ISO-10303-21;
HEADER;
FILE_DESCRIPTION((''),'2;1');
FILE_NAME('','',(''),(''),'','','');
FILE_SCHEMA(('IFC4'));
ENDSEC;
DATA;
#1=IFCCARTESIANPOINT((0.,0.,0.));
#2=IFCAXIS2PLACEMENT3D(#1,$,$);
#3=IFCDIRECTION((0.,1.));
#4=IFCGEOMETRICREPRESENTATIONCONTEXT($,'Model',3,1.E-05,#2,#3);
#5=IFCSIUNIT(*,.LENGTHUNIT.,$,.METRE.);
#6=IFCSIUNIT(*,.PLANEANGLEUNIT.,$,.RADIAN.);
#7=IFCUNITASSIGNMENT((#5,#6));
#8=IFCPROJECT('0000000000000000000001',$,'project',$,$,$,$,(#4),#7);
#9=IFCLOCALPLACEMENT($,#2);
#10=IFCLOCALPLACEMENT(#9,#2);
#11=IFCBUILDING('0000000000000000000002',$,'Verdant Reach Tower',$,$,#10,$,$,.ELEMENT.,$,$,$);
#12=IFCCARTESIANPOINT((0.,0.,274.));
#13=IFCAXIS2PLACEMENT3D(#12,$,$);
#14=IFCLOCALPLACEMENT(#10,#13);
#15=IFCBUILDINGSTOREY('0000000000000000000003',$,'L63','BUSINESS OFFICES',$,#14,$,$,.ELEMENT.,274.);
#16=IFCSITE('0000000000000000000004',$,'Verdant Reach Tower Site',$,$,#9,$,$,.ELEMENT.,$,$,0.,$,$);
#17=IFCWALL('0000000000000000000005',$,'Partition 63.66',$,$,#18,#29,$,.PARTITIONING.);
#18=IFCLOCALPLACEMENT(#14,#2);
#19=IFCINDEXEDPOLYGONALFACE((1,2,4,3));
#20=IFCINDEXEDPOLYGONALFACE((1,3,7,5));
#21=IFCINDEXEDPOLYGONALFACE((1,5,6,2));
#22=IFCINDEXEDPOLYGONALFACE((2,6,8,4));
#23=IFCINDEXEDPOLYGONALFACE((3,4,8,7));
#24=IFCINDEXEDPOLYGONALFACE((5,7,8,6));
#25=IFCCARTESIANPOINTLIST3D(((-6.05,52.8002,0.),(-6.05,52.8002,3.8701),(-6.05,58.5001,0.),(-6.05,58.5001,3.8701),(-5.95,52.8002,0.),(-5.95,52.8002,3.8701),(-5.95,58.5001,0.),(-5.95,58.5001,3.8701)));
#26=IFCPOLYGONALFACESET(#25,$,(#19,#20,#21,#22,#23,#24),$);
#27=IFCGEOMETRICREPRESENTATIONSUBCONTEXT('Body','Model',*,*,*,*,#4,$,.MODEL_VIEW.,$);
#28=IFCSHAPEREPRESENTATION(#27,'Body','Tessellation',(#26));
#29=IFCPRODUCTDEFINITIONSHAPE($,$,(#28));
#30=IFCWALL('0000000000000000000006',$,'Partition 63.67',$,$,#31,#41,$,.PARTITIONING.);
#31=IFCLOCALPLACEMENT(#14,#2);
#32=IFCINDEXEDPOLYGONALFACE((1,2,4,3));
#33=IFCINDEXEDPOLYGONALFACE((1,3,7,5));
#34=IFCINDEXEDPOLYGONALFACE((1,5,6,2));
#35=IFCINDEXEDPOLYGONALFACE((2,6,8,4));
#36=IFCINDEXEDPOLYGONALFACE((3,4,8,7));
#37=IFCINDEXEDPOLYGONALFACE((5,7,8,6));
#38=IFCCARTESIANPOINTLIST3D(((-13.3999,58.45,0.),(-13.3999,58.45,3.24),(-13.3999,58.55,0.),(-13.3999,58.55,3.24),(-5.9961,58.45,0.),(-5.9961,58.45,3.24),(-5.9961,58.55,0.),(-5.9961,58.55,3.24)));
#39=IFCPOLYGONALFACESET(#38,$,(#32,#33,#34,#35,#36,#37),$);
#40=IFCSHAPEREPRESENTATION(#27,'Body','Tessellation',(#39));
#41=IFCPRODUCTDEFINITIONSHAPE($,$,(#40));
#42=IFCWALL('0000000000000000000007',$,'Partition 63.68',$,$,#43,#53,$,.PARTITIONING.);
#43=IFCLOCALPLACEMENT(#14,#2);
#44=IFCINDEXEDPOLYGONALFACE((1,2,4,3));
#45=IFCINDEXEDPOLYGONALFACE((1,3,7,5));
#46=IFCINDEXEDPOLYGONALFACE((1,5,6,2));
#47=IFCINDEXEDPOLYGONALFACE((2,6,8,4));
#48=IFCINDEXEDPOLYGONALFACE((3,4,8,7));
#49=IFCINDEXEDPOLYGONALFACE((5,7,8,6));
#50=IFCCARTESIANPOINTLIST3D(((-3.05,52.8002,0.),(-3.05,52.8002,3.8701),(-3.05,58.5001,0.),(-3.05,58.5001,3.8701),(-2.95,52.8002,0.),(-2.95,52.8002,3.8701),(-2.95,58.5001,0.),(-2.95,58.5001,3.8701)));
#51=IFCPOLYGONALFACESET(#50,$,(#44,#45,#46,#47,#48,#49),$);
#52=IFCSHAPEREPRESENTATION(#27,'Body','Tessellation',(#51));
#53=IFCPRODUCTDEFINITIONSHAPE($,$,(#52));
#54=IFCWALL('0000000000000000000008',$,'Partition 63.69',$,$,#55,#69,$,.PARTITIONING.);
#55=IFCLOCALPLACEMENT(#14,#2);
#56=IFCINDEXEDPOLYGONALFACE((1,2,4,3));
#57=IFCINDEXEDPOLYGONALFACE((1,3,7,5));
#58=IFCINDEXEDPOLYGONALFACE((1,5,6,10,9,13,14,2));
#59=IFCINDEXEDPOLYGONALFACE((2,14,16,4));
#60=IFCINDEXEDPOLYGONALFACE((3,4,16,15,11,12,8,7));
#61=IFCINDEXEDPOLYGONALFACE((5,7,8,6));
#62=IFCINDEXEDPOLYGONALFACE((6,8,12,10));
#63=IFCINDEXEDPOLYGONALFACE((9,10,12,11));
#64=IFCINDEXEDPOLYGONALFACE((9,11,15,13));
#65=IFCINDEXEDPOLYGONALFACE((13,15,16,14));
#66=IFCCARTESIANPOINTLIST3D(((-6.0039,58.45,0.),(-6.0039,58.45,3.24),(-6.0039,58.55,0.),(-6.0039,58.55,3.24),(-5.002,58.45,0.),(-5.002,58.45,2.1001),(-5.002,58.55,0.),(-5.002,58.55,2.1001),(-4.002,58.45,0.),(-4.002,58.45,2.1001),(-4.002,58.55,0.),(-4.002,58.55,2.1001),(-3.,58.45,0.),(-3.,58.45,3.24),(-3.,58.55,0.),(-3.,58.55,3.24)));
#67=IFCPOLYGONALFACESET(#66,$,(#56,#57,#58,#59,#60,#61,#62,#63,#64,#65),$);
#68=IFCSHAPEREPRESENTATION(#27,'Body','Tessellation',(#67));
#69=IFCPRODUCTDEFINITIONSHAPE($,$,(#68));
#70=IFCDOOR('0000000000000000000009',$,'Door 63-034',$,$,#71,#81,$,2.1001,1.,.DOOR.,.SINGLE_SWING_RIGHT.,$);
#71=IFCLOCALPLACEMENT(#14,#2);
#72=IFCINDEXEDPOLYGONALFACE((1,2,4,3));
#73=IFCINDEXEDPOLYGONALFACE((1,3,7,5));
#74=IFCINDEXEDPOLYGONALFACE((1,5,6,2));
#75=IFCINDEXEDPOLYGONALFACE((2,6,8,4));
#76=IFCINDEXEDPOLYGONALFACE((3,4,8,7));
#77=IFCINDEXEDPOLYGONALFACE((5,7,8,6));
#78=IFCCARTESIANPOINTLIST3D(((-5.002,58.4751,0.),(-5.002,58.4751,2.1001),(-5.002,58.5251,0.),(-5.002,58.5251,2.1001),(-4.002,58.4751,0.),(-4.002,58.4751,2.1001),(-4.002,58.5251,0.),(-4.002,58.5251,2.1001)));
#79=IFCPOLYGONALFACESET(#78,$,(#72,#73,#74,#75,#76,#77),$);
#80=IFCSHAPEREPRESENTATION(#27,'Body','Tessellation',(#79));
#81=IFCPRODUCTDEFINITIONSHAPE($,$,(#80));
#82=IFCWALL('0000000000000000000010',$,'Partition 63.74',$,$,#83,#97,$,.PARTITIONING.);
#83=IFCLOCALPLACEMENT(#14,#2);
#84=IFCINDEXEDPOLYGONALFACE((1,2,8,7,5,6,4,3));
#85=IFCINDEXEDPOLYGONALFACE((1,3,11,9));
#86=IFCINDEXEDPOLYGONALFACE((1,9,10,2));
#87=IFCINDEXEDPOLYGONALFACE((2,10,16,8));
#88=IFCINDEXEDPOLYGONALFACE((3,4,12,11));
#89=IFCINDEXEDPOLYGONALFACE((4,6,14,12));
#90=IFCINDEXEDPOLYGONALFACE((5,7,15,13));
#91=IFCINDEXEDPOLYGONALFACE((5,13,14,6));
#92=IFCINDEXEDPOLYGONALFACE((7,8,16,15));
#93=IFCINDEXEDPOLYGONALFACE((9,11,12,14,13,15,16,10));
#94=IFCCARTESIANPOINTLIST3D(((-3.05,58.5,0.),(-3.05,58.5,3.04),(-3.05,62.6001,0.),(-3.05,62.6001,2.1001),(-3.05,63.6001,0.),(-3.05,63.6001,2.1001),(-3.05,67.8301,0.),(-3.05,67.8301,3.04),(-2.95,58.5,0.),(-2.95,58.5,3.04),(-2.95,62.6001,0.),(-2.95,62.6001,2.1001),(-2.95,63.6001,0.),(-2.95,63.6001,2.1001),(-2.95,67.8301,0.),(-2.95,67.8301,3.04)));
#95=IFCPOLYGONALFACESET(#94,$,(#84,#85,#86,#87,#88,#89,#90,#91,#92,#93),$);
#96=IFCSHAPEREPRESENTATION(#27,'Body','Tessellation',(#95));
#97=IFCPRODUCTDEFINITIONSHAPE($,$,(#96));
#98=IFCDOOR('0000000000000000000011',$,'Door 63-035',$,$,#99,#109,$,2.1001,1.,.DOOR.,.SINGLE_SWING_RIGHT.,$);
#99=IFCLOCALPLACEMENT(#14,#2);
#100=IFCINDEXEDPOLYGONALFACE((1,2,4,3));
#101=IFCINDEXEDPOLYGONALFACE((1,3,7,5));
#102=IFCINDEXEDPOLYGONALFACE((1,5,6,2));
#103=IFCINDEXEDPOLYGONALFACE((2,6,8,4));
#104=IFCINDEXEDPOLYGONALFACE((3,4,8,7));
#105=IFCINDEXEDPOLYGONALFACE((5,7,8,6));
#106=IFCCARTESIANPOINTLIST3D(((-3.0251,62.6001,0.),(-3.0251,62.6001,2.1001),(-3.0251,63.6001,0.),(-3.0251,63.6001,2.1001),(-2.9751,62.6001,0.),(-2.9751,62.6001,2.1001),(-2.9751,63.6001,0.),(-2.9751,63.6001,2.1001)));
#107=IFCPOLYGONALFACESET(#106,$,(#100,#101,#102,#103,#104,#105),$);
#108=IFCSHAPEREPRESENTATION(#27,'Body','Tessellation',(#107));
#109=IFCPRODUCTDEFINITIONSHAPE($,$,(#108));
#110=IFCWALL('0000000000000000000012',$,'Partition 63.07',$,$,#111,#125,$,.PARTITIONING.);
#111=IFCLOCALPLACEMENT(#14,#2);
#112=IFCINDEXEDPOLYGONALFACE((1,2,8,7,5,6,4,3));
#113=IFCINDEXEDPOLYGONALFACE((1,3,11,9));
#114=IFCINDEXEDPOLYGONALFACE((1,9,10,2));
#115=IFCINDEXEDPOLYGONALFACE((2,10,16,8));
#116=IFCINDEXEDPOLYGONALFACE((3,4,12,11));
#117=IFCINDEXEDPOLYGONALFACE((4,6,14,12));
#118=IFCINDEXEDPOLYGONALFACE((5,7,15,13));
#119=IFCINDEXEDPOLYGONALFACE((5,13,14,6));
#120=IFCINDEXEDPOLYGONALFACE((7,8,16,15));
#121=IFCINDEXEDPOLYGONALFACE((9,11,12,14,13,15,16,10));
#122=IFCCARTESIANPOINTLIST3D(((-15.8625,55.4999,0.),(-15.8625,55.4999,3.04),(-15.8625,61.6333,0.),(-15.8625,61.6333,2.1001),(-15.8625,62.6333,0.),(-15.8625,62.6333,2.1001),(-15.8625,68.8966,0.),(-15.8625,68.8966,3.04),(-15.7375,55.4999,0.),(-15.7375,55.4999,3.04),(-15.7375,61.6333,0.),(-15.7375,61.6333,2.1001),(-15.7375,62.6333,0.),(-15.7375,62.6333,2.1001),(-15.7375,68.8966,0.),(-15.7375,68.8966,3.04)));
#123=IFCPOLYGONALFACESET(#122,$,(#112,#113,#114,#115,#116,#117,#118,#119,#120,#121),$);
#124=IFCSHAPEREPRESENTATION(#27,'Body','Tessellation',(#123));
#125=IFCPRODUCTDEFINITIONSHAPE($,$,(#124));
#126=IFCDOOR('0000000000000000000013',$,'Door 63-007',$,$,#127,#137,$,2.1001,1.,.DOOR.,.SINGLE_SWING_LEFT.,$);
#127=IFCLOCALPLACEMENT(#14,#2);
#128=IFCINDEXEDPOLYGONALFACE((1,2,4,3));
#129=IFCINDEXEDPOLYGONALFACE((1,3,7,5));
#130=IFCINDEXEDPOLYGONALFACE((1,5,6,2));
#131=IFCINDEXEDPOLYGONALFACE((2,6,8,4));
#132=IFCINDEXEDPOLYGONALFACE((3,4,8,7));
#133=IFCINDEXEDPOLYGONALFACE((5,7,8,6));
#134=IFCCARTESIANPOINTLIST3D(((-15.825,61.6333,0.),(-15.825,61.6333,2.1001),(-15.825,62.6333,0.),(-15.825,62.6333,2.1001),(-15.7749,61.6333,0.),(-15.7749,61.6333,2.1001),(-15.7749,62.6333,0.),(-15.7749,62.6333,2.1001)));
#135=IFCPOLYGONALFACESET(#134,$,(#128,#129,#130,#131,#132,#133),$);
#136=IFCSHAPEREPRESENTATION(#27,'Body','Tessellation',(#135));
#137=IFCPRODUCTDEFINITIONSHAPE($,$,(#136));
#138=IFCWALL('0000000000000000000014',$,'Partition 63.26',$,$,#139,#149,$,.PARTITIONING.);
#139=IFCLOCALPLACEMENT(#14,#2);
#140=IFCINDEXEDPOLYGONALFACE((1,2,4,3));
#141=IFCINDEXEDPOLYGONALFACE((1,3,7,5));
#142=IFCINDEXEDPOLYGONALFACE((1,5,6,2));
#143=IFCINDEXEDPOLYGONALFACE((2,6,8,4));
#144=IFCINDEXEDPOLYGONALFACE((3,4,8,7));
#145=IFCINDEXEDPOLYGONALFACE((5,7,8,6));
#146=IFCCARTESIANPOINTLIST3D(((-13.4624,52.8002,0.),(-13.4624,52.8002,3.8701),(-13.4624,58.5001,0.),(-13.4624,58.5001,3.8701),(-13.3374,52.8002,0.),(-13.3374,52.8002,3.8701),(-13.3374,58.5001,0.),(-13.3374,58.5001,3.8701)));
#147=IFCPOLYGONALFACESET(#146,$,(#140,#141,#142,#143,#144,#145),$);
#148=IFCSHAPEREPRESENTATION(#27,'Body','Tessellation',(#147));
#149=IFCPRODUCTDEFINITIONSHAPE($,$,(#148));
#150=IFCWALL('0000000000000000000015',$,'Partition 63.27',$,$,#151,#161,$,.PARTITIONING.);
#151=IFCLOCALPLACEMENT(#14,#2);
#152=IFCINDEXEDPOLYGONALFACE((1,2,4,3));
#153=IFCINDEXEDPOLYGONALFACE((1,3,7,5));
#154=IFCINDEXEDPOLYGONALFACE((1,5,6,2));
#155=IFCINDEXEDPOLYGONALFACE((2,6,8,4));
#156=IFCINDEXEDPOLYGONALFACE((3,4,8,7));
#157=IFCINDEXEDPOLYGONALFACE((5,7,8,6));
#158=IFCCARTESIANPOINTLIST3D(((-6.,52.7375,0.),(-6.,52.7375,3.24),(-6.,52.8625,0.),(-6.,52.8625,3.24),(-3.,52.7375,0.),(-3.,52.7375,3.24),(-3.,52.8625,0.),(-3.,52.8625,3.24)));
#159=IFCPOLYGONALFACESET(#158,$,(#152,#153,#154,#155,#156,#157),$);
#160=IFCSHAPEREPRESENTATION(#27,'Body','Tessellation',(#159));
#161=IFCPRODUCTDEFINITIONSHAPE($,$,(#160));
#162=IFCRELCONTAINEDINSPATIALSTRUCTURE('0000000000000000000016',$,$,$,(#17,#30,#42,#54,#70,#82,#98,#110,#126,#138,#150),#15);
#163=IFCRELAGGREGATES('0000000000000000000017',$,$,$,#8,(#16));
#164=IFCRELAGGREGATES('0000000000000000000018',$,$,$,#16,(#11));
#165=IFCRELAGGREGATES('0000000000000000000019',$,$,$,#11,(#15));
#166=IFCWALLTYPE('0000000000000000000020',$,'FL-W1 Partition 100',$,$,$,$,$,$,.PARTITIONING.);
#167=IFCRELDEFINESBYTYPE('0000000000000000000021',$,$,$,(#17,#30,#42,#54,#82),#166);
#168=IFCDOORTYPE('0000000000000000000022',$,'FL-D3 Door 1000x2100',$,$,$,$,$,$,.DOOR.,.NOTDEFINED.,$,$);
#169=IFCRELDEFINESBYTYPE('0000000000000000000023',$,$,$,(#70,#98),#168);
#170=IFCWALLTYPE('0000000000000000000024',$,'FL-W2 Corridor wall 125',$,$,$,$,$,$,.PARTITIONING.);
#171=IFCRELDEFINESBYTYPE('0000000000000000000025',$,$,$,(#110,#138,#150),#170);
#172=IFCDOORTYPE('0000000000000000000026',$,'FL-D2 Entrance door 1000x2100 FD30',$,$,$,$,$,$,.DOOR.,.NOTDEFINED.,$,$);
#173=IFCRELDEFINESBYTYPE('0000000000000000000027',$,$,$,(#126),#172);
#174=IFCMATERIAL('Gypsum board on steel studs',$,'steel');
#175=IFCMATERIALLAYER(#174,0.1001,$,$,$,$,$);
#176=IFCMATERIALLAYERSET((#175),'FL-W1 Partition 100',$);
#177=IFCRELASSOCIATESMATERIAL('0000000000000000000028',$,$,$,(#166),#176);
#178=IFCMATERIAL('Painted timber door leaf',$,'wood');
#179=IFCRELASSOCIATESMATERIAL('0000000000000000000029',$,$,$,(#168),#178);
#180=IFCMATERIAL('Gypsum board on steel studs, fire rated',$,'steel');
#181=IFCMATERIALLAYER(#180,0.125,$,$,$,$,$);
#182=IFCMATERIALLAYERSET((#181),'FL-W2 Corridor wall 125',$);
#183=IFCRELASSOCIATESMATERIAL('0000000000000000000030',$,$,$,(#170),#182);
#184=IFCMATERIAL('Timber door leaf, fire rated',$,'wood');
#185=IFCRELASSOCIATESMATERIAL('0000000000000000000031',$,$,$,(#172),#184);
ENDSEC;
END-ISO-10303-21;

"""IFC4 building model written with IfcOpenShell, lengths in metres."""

from ifc_helpers import new_model, si_unit, direction, frame, frame_2d, origin, place, context, subcontext, project, spatial, rectangle, extrude, material, layer, layer_set, type_object, element, fill, save


model = new_model("IFC4")

# Units and contexts
model_context = context("Model", 3, precision=1e-05, world=origin(), true_north=direction((0.0, 1.0)))
body_context = subcontext(model_context, "Body", "Model", "MODEL_VIEW")
ifc_project = project(units=[si_unit("LENGTHUNIT", "METRE"), si_unit("PLANEANGLEUNIT", "RADIAN")], contexts=[model_context])

# Site, building, storey
site_placement = place(None, origin())
site = spatial("IfcSite", under=ifc_project, at=site_placement, Name="Verdant Reach Tower Site", CompositionType="ELEMENT", RefElevation=0.0)
building_placement = place(site_placement, origin())
building = spatial("IfcBuilding", under=site, at=building_placement, Name="Verdant Reach Tower", CompositionType="ELEMENT")
storey_placement = place(building_placement, frame((0.0, 0.0, 274.0)))
storey = spatial("IfcBuildingStorey", under=building, at=storey_placement, Name="L63", Description="BUSINESS OFFICES", CompositionType="ELEMENT", Elevation=274.0)

# Walls
ifc_material_1 = material(Name="Gypsum board on steel studs", Category="steel")
ifc_layer_1 = layer(ifc_material_1, 0.1001)
ifc_layer_set_1 = layer_set([ifc_layer_1], Name="FL-W1 Partition 100")
wall_type_1 = type_object("IfcWallType", Name="FL-W1 Partition 100", PredefinedType="PARTITIONING", material=ifc_layer_set_1)
wall_1_placement = place(storey_placement, frame((-6.0, 52.8, 0.0), z_axis=(0.0, 0.0, 1.0), x_axis=(0.0, 1.0, 0.0)))
element("IfcWall", 1, at=wall_1_placement, inside=storey, type_object=wall_type_1, Name="Partition 63.66", PredefinedType="PARTITIONING", context=body_context, shape_type="SweptSolid", body=[
    extrude(rectangle(XDim=5.7, YDim=0.1001, at=frame_2d((2.8501, 0.0))), origin(), (0.0, 0.0, 1.0), 3.8701),
])
wall_2_placement = place(storey_placement, frame((-5.9961, 58.5, 0.0), z_axis=(0.0, 0.0, 1.0), x_axis=(-1.0, 0.0, 0.0)))
element("IfcWall", 2, at=wall_2_placement, inside=storey, type_object=wall_type_1, Name="Partition 63.67", PredefinedType="PARTITIONING", context=body_context, shape_type="SweptSolid", body=[
    extrude(rectangle(XDim=7.4038, YDim=0.1001, at=frame_2d((3.7019, 0.0))), origin(), (0.0, 0.0, 1.0), 3.24),
])
wall_3_placement = place(storey_placement, frame((-3.0, 52.8, 0.0), z_axis=(0.0, 0.0, 1.0), x_axis=(0.0, 1.0, 0.0)))
element("IfcWall", 3, at=wall_3_placement, inside=storey, type_object=wall_type_1, Name="Partition 63.68", PredefinedType="PARTITIONING", context=body_context, shape_type="SweptSolid", body=[
    extrude(rectangle(XDim=5.7, YDim=0.1001, at=frame_2d((2.8501, 0.0))), origin(), (0.0, 0.0, 1.0), 3.8701),
])

# Walls, openings, doors
wall_4_placement = place(storey_placement, frame((-3.0, 58.5, 0.0), z_axis=(0.0, 0.0, 1.0), x_axis=(-1.0, 0.0, 0.0)))
wall_4 = element("IfcWall", 4, at=wall_4_placement, inside=storey, type_object=wall_type_1, Name="Partition 63.69", PredefinedType="PARTITIONING", context=body_context, shape_type="SweptSolid", body=[
    extrude(rectangle(XDim=3.0039, YDim=0.1001, at=frame_2d((1.502, 0.0))), origin(), (0.0, 0.0, 1.0), 3.24),
])
opening_1_placement = place(wall_4_placement, frame((1.002, 0.0, 0.0)))
opening_1 = element("IfcOpeningElement", 5, at=opening_1_placement, cuts=wall_4, PredefinedType="OPENING", context=body_context, shape_type="SweptSolid", body=[
    extrude(rectangle(XDim=1.0, YDim=2.1001, at=frame_2d((0.5, 1.05))), frame((0.0, 0.0601, 0.0), z_axis=(0.0, -1.0, 0.0), x_axis=(1.0, 0.0, 0.0)), (0.0, 0.0, 1.0), 0.1201),
])
ifc_material_2 = material(Name="Painted timber door leaf", Category="wood")
door_type_1 = type_object("IfcDoorType", Name="FL-D3 Door 1000x2100", OperationType="NOTDEFINED", PredefinedType="DOOR", material=ifc_material_2)
door_1_placement = place(opening_1_placement, origin())
door_1 = element("IfcDoor", 6, at=door_1_placement, inside=storey, type_object=door_type_1, Name="Door 63-034", OperationType="SINGLE_SWING_RIGHT", OverallHeight=2.1001, OverallWidth=1.0, PredefinedType="DOOR", context=body_context, shape_type="SweptSolid", body=[
    extrude(rectangle(XDim=1.0, YDim=2.1001, at=frame_2d((0.5, 1.05))), frame((0.0, 0.0249, 0.0), z_axis=(0.0, -1.0, 0.0), x_axis=(1.0, 0.0, 0.0)), (0.0, 0.0, 1.0), 0.05),
])
fill(opening_1, door_1)
wall_5_placement = place(storey_placement, frame((-3.0, 67.8301, 0.0), z_axis=(0.0, 0.0, 1.0), x_axis=(0.0, -1.0, 0.0)))
wall_5 = element("IfcWall", 7, at=wall_5_placement, inside=storey, type_object=wall_type_1, Name="Partition 63.74", PredefinedType="PARTITIONING", context=body_context, shape_type="SweptSolid", body=[
    extrude(rectangle(XDim=9.3301, YDim=0.1001, at=frame_2d((4.665, 0.0))), origin(), (0.0, 0.0, 1.0), 3.04),
])
opening_2_placement = place(wall_5_placement, frame((4.23, 0.0, 0.0)))
opening_2 = element("IfcOpeningElement", 8, at=opening_2_placement, cuts=wall_5, PredefinedType="OPENING", context=body_context, shape_type="SweptSolid", body=[
    extrude(rectangle(XDim=1.0, YDim=2.1001, at=frame_2d((0.5, 1.05))), frame((0.0, 0.0601, 0.0), z_axis=(0.0, -1.0, 0.0), x_axis=(1.0, 0.0, 0.0)), (0.0, 0.0, 1.0), 0.1201),
])
door_2_placement = place(opening_2_placement, origin())
door_2 = element("IfcDoor", 9, at=door_2_placement, inside=storey, type_object=door_type_1, Name="Door 63-035", OperationType="SINGLE_SWING_RIGHT", OverallHeight=2.1001, OverallWidth=1.0, PredefinedType="DOOR", context=body_context, shape_type="SweptSolid", body=[
    extrude(rectangle(XDim=1.0, YDim=2.1001, at=frame_2d((0.5, 1.05))), frame((0.0, 0.0249, 0.0), z_axis=(0.0, -1.0, 0.0), x_axis=(1.0, 0.0, 0.0)), (0.0, 0.0, 1.0), 0.05),
])
fill(opening_2, door_2)
ifc_material_3 = material(Name="Gypsum board on steel studs, fire rated", Category="steel")
ifc_layer_2 = layer(ifc_material_3, 0.125)
ifc_layer_set_2 = layer_set([ifc_layer_2], Name="FL-W2 Corridor wall 125")
wall_type_2 = type_object("IfcWallType", Name="FL-W2 Corridor wall 125", PredefinedType="PARTITIONING", material=ifc_layer_set_2)
wall_6_placement = place(storey_placement, frame((-15.8, 55.5, 0.0), z_axis=(0.0, 0.0, 1.0), x_axis=(0.0, 1.0, 0.0)))
wall_6 = element("IfcWall", 10, at=wall_6_placement, inside=storey, type_object=wall_type_2, Name="Partition 63.07", PredefinedType="PARTITIONING", context=body_context, shape_type="SweptSolid", body=[
    extrude(rectangle(XDim=13.3967, YDim=0.125, at=frame_2d((6.6982, 0.0))), origin(), (0.0, 0.0, 1.0), 3.04),
])
opening_3_placement = place(wall_6_placement, frame((6.1333, 0.0, 0.0)))
opening_3 = element("IfcOpeningElement", 11, at=opening_3_placement, cuts=wall_6, PredefinedType="OPENING", context=body_context, shape_type="SweptSolid", body=[
    extrude(rectangle(XDim=1.0, YDim=2.1001, at=frame_2d((0.5, 1.05))), frame((0.0, 0.0725, 0.0), z_axis=(0.0, -1.0, 0.0), x_axis=(1.0, 0.0, 0.0)), (0.0, 0.0, 1.0), 0.145),
])
ifc_material_4 = material(Name="Timber door leaf, fire rated", Category="wood")
door_type_2 = type_object("IfcDoorType", Name="FL-D2 Entrance door 1000x2100 FD30", OperationType="NOTDEFINED", PredefinedType="DOOR", material=ifc_material_4)
door_3_placement = place(opening_3_placement, origin())
door_3 = element("IfcDoor", 12, at=door_3_placement, inside=storey, type_object=door_type_2, Name="Door 63-007", OperationType="SINGLE_SWING_LEFT", OverallHeight=2.1001, OverallWidth=1.0, PredefinedType="DOOR", context=body_context, shape_type="SweptSolid", body=[
    extrude(rectangle(XDim=1.0, YDim=2.1001, at=frame_2d((0.5, 1.05))), frame((0.0, 0.0249, 0.0), z_axis=(0.0, -1.0, 0.0), x_axis=(1.0, 0.0, 0.0)), (0.0, 0.0, 1.0), 0.05),
])
fill(opening_3, door_3)

# Walls
wall_7_placement = place(storey_placement, frame((-13.3999, 52.8, 0.0), z_axis=(0.0, 0.0, 1.0), x_axis=(0.0, 1.0, 0.0)))
element("IfcWall", 13, at=wall_7_placement, inside=storey, type_object=wall_type_2, Name="Partition 63.26", PredefinedType="PARTITIONING", context=body_context, shape_type="SweptSolid", body=[
    extrude(rectangle(XDim=5.7, YDim=0.125, at=frame_2d((2.8501, 0.0))), origin(), (0.0, 0.0, 1.0), 3.8701),
])
wall_8_placement = place(storey_placement, frame((-3.0, 52.8, 0.0), z_axis=(0.0, 0.0, 1.0), x_axis=(-1.0, 0.0, 0.0)))
element("IfcWall", 14, at=wall_8_placement, inside=storey, type_object=wall_type_2, Name="Partition 63.27", PredefinedType="PARTITIONING", context=body_context, shape_type="SweptSolid", body=[
    extrude(rectangle(XDim=3.0, YDim=0.125, at=frame_2d((1.5, 0.0))), origin(), (0.0, 0.0, 1.0), 3.24),
])

save(model, "model.ifc")
